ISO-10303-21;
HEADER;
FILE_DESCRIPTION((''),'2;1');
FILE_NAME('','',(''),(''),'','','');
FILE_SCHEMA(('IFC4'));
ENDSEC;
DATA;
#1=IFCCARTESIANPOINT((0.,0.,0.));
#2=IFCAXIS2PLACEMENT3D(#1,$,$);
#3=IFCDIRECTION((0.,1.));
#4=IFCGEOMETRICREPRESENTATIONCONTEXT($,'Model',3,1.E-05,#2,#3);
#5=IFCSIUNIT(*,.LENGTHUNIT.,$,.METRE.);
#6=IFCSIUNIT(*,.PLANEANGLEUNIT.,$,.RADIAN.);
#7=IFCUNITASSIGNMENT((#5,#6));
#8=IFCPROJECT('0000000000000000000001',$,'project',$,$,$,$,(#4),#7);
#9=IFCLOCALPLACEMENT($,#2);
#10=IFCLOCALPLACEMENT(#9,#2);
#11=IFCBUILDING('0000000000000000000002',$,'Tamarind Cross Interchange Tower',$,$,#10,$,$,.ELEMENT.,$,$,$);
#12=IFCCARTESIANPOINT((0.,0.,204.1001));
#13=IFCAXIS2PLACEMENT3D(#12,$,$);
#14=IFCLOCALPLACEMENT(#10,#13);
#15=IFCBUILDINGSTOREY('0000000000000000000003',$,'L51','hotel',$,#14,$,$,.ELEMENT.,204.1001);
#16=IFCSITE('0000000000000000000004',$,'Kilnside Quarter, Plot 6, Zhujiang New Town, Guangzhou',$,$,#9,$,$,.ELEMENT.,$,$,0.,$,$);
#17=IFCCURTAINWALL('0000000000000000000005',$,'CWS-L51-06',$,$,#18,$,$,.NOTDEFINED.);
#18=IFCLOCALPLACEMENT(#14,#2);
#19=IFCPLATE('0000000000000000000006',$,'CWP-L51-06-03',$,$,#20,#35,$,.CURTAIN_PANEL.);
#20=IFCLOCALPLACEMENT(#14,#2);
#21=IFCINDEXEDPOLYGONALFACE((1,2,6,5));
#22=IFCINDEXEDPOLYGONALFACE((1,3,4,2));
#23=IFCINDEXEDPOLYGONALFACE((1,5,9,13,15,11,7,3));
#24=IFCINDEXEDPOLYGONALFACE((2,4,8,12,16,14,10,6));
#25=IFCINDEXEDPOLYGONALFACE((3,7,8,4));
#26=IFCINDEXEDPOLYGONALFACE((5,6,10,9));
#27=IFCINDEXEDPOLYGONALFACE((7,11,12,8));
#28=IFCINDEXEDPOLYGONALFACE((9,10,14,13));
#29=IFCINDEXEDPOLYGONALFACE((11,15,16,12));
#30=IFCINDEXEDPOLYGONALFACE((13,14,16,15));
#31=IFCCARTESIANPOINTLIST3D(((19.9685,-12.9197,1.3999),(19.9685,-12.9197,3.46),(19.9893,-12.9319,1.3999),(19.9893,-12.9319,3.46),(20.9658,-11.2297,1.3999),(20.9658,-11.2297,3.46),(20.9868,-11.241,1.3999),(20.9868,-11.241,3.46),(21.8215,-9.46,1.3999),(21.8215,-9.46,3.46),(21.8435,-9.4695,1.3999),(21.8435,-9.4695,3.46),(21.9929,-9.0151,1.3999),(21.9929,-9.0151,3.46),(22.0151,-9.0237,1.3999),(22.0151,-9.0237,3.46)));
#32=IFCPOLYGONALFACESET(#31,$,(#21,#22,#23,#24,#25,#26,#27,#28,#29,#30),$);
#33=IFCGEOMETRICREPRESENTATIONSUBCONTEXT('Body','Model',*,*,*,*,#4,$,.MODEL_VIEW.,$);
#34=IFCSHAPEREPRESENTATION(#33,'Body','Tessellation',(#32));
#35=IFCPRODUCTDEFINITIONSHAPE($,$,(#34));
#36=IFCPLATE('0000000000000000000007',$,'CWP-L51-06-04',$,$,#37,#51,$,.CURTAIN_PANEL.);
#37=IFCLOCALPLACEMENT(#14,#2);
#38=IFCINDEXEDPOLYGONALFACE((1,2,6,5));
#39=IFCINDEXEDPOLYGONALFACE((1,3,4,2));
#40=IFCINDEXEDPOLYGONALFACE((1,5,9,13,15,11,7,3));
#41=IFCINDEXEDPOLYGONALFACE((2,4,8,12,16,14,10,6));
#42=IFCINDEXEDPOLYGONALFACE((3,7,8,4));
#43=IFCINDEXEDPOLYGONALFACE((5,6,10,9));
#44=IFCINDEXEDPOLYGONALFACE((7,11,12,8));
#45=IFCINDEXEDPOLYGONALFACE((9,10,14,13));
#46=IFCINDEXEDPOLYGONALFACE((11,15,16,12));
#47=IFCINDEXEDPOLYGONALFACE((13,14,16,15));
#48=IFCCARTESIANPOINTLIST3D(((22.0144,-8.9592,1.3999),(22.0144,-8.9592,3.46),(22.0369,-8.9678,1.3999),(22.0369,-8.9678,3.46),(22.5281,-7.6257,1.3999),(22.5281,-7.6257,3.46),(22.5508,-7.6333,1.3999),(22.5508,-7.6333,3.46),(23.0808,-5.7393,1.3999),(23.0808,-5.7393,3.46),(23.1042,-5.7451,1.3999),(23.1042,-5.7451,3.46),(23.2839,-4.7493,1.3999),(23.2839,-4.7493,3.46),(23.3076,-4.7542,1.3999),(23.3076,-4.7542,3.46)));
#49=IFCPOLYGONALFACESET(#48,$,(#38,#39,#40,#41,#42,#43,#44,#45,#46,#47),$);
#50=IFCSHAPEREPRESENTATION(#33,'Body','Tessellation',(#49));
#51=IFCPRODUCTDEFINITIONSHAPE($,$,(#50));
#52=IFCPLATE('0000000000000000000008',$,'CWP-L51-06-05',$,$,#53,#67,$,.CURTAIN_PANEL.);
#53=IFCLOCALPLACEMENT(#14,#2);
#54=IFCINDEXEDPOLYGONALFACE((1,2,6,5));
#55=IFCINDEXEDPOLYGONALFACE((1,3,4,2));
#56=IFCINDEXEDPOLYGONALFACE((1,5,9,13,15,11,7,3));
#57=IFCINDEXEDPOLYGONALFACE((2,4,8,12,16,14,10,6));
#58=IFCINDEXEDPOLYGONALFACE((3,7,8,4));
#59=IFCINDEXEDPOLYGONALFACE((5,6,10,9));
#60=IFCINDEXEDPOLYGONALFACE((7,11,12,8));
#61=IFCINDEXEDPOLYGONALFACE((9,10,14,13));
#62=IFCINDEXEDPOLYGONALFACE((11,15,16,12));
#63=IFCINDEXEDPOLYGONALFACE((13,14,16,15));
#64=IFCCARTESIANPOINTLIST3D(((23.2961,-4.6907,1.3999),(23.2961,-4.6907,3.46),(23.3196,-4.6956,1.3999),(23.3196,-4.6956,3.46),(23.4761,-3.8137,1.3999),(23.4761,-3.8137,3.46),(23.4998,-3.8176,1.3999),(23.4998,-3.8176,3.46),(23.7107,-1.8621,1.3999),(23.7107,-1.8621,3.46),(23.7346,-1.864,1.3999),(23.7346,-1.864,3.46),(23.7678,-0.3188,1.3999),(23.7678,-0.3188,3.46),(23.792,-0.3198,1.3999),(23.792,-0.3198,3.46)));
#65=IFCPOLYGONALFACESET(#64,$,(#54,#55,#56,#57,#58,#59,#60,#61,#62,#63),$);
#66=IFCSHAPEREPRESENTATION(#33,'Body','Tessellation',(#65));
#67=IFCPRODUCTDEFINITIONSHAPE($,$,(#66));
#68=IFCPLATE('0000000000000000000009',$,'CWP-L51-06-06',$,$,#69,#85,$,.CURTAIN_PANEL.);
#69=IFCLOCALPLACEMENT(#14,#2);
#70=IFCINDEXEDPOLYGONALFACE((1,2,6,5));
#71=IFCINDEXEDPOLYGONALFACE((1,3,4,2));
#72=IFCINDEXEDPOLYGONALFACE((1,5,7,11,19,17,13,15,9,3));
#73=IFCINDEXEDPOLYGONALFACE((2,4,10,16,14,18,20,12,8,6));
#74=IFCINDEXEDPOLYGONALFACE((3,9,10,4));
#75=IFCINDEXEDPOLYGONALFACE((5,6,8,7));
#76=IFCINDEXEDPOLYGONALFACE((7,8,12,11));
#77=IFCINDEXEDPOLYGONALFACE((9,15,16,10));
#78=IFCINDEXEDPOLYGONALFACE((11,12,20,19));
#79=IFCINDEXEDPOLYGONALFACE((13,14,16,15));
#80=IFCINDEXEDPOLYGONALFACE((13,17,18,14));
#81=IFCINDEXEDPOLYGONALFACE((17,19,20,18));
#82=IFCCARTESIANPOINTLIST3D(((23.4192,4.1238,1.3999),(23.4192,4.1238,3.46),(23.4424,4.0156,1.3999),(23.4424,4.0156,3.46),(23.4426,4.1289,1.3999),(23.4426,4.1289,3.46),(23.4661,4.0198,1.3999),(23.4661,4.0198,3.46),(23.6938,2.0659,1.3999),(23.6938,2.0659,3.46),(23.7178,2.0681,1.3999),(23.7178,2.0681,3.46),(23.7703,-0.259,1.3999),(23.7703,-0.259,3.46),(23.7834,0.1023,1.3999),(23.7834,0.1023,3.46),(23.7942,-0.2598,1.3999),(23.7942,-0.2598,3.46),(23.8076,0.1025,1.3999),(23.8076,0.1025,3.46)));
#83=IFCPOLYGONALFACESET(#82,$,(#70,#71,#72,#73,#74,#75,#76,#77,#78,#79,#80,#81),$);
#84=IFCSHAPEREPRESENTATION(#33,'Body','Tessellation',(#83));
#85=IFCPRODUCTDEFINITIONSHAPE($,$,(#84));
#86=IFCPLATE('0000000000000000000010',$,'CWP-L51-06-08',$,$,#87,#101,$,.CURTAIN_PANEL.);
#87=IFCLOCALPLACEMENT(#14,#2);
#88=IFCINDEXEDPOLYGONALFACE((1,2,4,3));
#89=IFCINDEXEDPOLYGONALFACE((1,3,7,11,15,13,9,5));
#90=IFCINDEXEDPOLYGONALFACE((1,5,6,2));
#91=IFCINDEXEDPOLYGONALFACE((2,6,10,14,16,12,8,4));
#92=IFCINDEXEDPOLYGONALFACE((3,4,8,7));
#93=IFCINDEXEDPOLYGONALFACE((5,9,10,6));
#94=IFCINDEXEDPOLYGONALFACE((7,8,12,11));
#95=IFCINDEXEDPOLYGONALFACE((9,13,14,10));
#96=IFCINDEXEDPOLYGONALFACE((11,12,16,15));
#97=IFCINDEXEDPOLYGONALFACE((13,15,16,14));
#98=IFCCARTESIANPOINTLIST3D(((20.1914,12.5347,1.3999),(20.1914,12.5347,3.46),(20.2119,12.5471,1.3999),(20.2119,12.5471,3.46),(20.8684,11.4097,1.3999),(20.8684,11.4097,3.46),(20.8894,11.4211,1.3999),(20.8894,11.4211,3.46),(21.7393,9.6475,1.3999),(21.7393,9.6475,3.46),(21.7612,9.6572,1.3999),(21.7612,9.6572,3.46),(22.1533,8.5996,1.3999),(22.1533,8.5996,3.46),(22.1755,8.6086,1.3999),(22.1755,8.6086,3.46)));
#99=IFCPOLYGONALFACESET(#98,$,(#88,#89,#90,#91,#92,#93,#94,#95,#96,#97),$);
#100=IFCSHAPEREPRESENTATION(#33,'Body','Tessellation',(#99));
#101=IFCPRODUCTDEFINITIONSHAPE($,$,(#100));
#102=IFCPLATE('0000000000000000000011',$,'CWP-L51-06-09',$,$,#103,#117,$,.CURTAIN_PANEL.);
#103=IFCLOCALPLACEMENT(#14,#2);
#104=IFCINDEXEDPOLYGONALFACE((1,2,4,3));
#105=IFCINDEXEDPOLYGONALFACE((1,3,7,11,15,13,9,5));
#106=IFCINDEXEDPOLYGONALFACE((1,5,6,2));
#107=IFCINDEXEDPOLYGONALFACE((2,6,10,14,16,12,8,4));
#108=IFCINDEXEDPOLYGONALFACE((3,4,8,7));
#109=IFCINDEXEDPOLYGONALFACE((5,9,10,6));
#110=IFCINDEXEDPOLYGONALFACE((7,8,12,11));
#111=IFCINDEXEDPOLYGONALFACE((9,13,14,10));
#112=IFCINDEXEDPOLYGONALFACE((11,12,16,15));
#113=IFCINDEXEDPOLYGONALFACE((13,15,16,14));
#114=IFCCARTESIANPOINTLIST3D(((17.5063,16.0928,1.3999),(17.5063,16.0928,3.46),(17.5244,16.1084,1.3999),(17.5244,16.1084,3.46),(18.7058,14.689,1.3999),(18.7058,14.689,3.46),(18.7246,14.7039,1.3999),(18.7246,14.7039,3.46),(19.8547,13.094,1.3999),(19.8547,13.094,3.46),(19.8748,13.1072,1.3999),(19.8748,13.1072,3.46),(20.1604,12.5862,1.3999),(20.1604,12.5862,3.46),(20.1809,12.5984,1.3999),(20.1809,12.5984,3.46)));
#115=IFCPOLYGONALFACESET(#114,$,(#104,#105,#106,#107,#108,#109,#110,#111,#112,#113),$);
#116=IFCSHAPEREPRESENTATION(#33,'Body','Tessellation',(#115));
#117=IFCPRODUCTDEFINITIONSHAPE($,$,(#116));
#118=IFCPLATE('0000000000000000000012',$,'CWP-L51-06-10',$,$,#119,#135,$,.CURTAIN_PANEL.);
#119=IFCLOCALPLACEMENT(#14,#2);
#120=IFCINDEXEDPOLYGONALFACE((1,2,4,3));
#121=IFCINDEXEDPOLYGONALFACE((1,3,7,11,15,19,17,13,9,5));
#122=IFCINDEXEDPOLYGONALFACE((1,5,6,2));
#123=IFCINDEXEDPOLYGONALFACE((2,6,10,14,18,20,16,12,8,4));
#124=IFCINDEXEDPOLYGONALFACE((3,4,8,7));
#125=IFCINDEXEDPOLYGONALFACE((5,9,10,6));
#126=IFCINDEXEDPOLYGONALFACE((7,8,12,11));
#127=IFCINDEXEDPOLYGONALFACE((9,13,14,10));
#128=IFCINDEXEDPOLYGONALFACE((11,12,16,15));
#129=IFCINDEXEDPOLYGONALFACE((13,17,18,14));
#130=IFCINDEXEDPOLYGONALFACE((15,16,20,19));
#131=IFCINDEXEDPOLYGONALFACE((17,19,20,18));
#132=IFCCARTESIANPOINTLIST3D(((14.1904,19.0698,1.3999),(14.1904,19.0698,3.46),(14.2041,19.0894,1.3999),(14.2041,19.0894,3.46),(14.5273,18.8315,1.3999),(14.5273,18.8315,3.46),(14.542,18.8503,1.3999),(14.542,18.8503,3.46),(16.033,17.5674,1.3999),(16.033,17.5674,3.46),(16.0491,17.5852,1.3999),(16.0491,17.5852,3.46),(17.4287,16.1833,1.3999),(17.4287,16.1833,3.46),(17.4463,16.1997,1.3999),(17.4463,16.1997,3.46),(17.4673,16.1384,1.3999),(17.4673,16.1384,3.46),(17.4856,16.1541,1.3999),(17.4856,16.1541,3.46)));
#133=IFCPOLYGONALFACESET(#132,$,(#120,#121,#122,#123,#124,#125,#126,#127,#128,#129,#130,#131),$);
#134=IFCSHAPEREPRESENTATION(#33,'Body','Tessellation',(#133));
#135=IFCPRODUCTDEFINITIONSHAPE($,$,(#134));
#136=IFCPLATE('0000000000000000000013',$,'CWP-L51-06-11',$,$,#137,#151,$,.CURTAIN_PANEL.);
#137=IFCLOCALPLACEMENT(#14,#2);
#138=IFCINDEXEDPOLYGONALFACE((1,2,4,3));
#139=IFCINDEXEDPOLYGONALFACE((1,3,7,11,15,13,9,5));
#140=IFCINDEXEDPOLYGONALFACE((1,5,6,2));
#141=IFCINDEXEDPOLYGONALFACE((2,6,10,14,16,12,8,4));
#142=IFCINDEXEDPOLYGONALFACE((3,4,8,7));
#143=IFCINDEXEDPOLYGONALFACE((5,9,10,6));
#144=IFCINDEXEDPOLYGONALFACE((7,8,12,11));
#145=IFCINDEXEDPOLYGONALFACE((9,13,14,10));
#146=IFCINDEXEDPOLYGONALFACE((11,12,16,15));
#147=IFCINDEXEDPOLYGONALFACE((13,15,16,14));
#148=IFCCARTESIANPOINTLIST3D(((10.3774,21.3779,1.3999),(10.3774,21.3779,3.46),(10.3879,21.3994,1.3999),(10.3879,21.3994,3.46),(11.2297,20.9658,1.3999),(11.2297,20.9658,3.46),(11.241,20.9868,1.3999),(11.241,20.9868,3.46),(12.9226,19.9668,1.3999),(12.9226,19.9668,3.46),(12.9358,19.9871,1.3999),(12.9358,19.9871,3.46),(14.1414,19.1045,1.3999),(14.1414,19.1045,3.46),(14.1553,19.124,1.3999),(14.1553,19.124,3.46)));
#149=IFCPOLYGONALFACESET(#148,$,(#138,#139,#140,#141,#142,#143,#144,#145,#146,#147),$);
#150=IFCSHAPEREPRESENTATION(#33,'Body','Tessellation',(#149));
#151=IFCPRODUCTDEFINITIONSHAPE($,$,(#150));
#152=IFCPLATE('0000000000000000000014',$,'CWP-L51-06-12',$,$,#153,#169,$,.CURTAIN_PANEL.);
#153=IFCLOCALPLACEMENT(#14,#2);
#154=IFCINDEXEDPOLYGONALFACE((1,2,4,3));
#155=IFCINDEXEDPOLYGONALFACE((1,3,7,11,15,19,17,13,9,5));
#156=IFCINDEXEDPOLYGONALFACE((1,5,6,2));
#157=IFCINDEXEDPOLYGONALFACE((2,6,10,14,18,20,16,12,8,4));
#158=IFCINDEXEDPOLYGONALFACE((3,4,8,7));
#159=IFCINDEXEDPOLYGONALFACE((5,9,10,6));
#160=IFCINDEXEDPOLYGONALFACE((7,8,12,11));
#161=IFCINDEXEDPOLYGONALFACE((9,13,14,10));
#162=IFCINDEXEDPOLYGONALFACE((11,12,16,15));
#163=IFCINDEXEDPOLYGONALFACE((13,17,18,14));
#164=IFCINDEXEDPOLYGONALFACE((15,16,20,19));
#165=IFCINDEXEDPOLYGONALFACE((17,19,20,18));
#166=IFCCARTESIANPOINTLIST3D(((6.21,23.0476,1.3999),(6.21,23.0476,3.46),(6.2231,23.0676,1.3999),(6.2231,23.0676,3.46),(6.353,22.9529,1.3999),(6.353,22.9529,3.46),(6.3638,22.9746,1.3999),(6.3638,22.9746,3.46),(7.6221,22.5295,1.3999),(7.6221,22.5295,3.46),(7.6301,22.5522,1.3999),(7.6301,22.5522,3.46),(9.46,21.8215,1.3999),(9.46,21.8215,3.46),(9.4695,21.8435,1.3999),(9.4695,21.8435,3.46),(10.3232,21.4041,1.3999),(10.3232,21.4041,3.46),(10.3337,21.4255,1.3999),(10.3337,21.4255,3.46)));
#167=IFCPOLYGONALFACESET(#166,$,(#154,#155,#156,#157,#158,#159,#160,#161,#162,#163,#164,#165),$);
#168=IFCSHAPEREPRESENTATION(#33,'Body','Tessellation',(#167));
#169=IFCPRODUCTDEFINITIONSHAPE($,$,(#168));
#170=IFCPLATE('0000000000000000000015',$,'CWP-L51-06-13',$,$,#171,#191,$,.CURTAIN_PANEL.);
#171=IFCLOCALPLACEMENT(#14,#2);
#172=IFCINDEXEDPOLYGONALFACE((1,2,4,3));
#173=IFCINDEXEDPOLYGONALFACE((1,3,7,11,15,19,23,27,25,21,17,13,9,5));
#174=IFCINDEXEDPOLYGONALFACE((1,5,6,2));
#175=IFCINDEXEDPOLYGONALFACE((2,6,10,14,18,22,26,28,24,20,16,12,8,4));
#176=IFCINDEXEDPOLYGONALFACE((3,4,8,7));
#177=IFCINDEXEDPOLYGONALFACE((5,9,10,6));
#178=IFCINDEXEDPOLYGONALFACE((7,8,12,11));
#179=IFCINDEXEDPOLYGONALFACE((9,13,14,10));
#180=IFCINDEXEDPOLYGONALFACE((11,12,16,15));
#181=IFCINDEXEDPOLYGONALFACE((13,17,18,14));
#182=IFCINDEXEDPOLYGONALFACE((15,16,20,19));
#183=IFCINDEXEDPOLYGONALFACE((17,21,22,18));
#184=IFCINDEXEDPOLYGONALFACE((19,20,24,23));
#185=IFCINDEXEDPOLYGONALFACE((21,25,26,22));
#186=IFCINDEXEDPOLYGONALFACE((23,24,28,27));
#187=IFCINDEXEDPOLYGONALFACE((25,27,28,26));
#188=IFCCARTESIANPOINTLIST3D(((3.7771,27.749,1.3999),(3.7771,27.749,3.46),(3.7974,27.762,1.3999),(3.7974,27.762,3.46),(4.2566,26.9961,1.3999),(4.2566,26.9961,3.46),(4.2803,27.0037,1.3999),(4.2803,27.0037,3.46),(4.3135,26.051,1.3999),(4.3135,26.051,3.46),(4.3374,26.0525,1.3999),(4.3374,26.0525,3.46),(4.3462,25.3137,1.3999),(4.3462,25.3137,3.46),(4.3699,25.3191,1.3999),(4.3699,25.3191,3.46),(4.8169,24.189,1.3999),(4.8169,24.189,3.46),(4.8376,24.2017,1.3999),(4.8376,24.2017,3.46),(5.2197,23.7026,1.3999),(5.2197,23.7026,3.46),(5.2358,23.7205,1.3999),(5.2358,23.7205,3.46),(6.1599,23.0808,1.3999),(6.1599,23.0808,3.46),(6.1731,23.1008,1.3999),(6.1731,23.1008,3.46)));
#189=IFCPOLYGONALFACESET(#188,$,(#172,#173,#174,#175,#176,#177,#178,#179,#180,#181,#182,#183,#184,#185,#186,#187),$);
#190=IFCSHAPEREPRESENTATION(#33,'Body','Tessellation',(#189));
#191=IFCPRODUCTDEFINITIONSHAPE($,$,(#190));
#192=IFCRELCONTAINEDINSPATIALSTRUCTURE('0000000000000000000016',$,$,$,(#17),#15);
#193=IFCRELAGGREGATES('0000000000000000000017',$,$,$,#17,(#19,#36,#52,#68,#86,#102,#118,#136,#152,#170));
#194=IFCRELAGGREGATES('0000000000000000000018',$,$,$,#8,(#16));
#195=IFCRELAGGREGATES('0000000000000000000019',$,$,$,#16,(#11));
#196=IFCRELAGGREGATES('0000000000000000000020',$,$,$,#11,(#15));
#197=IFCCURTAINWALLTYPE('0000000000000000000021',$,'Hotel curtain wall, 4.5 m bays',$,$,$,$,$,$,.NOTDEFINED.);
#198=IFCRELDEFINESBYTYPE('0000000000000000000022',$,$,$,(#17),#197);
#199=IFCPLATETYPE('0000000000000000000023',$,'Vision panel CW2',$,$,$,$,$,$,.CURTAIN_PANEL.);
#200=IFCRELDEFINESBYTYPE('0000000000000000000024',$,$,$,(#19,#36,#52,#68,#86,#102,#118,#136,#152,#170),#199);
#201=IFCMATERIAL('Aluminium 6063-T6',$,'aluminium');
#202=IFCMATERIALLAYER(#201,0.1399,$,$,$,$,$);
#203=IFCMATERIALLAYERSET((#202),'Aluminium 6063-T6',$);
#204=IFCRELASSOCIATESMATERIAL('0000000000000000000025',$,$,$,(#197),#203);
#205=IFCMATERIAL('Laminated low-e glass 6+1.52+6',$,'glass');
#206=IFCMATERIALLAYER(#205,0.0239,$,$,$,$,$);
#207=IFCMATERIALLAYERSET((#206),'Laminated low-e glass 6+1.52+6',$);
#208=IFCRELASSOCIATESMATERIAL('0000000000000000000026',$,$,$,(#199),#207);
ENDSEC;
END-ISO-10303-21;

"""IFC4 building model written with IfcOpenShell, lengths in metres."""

from ifc_helpers import new_model, si_unit, direction, frame, origin, place, context, subcontext, project, spatial, polyline, outline, extrude, material, layer, layer_set, type_object, element, aggregate, save


model = new_model("IFC4")

# Units and contexts
model_context = context("Model", 3, precision=1e-05, world=origin(), true_north=direction((0.0, 1.0)))
body_context = subcontext(model_context, "Body", "Model", "MODEL_VIEW")
ifc_project = project(units=[si_unit("LENGTHUNIT", "METRE"), si_unit("PLANEANGLEUNIT", "RADIAN")], contexts=[model_context])

# Site, building, storey
site_placement = place(None, origin())
site = spatial("IfcSite", under=ifc_project, at=site_placement, Name="Kilnside Quarter, Plot 6, Zhujiang New Town, Guangzhou", CompositionType="ELEMENT", RefElevation=0.0)
building_placement = place(site_placement, origin())
building = spatial("IfcBuilding", under=site, at=building_placement, Name="Tamarind Cross Interchange Tower", CompositionType="ELEMENT")
storey_placement = place(building_placement, frame((0.0, 0.0, 204.1001)))
storey = spatial("IfcBuildingStorey", under=building, at=storey_placement, Name="L51", Description="hotel", CompositionType="ELEMENT", Elevation=204.1001)

# Curtain wall, plates
ifc_material_1 = material(Name="Aluminium 6063-T6", Category="aluminium")
ifc_layer_1 = layer(ifc_material_1, 0.1399)
ifc_layer_set_1 = layer_set([ifc_layer_1], Name="Aluminium 6063-T6")
curtain_wall_type = type_object("IfcCurtainWallType", Name="Hotel curtain wall, 4.5 m bays", PredefinedType="NOTDEFINED", material=ifc_layer_set_1)
curtain_wall_1_placement = place(storey_placement, origin())
curtain_wall_1 = element("IfcCurtainWall", 1, at=curtain_wall_1_placement, inside=storey, type_object=curtain_wall_type, Name="CWS-L51-06", PredefinedType="NOTDEFINED")
ifc_material_2 = material(Name="Laminated low-e glass 6+1.52+6", Category="glass")
ifc_layer_2 = layer(ifc_material_2, 0.0239)
ifc_layer_set_2 = layer_set([ifc_layer_2], Name="Laminated low-e glass 6+1.52+6")
plate_type = type_object("IfcPlateType", Name="Vision panel CW2", PredefinedType="CURTAIN_PANEL", material=ifc_layer_set_2)
plate_1_placement = place(storey_placement, frame((0.0, 0.0, 1.3999)))
plate_1 = element("IfcPlate", 2, at=plate_1_placement, type_object=plate_type, Name="CWP-L51-06-03", PredefinedType="CURTAIN_PANEL", context=body_context, shape_type="SweptSolid", body=[
    extrude(outline(polyline([(19.9685, -12.9197), (20.9658, -11.2297), (21.8215, -9.46), (21.9929, -9.0151), (22.0151, -9.0237), (21.8435, -9.4695), (20.9868, -11.241), (19.9893, -12.9319), (19.9685, -12.9197)])), origin(), (0.0, 0.0, 1.0), 2.0601),
])
plate_2_placement = place(storey_placement, frame((0.0, 0.0, 1.3999)))
plate_2 = element("IfcPlate", 3, at=plate_2_placement, type_object=plate_type, Name="CWP-L51-06-04", PredefinedType="CURTAIN_PANEL", context=body_context, shape_type="SweptSolid", body=[
    extrude(outline(polyline([(22.0144, -8.9592), (22.5281, -7.6257), (23.0808, -5.7393), (23.2839, -4.7493), (23.3076, -4.7542), (23.1042, -5.7451), (22.5508, -7.6333), (22.0369, -8.9678), (22.0144, -8.9592)])), origin(), (0.0, 0.0, 1.0), 2.0601),
])
plate_3_placement = place(storey_placement, frame((0.0, 0.0, 1.3999)))
plate_3 = element("IfcPlate", 4, at=plate_3_placement, type_object=plate_type, Name="CWP-L51-06-05", PredefinedType="CURTAIN_PANEL", context=body_context, shape_type="SweptSolid", body=[
    extrude(outline(polyline([(23.2961, -4.6907), (23.4761, -3.8137), (23.7107, -1.8621), (23.7678, -0.3188), (23.792, -0.3198), (23.7346, -1.864), (23.4998, -3.8176), (23.3196, -4.6956), (23.2961, -4.6907)])), origin(), (0.0, 0.0, 1.0), 2.0601),
])
plate_4_placement = place(storey_placement, frame((0.0, 0.0, 1.3999)))
plate_4 = element("IfcPlate", 5, at=plate_4_placement, type_object=plate_type, Name="CWP-L51-06-06", PredefinedType="CURTAIN_PANEL", context=body_context, shape_type="SweptSolid", body=[
    extrude(outline(polyline([(23.7703, -0.259), (23.7834, 0.1023), (23.6938, 2.0659), (23.4424, 4.0156), (23.4192, 4.1238), (23.4426, 4.1289), (23.4661, 4.0198), (23.7178, 2.0681), (23.8076, 0.1025), (23.7942, -0.2598), (23.7703, -0.259)])), origin(), (0.0, 0.0, 1.0), 2.0601),
])
plate_5_placement = place(storey_placement, frame((0.0, 0.0, 1.3999)))
plate_5 = element("IfcPlate", 6, at=plate_5_placement, type_object=plate_type, Name="CWP-L51-06-08", PredefinedType="CURTAIN_PANEL", context=body_context, shape_type="SweptSolid", body=[
    extrude(outline(polyline([(22.1533, 8.5996), (21.7393, 9.6475), (20.8684, 11.4097), (20.1914, 12.5347), (20.2119, 12.5471), (20.8894, 11.4211), (21.7612, 9.6572), (22.1755, 8.6086), (22.1533, 8.5996)])), origin(), (0.0, 0.0, 1.0), 2.0601),
])
plate_6_placement = place(storey_placement, frame((0.0, 0.0, 1.3999)))
plate_6 = element("IfcPlate", 7, at=plate_6_placement, type_object=plate_type, Name="CWP-L51-06-09", PredefinedType="CURTAIN_PANEL", context=body_context, shape_type="SweptSolid", body=[
    extrude(outline(polyline([(20.1604, 12.5862), (19.8547, 13.094), (18.7058, 14.689), (17.5063, 16.0928), (17.5244, 16.1084), (18.7246, 14.7039), (19.8748, 13.1072), (20.1809, 12.5984), (20.1604, 12.5862)])), origin(), (0.0, 0.0, 1.0), 2.0601),
])
plate_7_placement = place(storey_placement, frame((0.0, 0.0, 1.3999)))
plate_7 = element("IfcPlate", 8, at=plate_7_placement, type_object=plate_type, Name="CWP-L51-06-10", PredefinedType="CURTAIN_PANEL", context=body_context, shape_type="SweptSolid", body=[
    extrude(outline(polyline([(17.4673, 16.1384), (17.4287, 16.1833), (16.033, 17.5674), (14.5273, 18.8315), (14.1904, 19.0698), (14.2041, 19.0894), (14.542, 18.8503), (16.0491, 17.5852), (17.4463, 16.1997), (17.4856, 16.1541), (17.4673, 16.1384)])), origin(), (0.0, 0.0, 1.0), 2.0601),
])
plate_8_placement = place(storey_placement, frame((0.0, 0.0, 1.3999)))
plate_8 = element("IfcPlate", 9, at=plate_8_placement, type_object=plate_type, Name="CWP-L51-06-11", PredefinedType="CURTAIN_PANEL", context=body_context, shape_type="SweptSolid", body=[
    extrude(outline(polyline([(14.1414, 19.1045), (12.9226, 19.9668), (11.2297, 20.9658), (10.3774, 21.3779), (10.3879, 21.3994), (11.241, 20.9868), (12.9358, 19.9871), (14.1553, 19.124), (14.1414, 19.1045)])), origin(), (0.0, 0.0, 1.0), 2.0601),
])
plate_9_placement = place(storey_placement, frame((0.0, 0.0, 1.3999)))
plate_9 = element("IfcPlate", 10, at=plate_9_placement, type_object=plate_type, Name="CWP-L51-06-12", PredefinedType="CURTAIN_PANEL", context=body_context, shape_type="SweptSolid", body=[
    extrude(outline(polyline([(10.3232, 21.4041), (9.46, 21.8215), (7.6221, 22.5295), (6.353, 22.9529), (6.21, 23.0476), (6.2231, 23.0676), (6.3638, 22.9746), (7.6301, 22.5522), (9.4695, 21.8435), (10.3337, 21.4255), (10.3232, 21.4041)])), origin(), (0.0, 0.0, 1.0), 2.0601),
])
plate_10_placement = place(storey_placement, frame((0.0, 0.0, 1.3999)))
plate_10 = element("IfcPlate", 11, at=plate_10_placement, type_object=plate_type, Name="CWP-L51-06-13", PredefinedType="CURTAIN_PANEL", context=body_context, shape_type="SweptSolid", body=[
    extrude(outline(polyline([(6.1599, 23.0808), (5.2197, 23.7026), (4.8169, 24.189), (4.3462, 25.3137), (4.3135, 26.051), (4.2566, 26.9961), (3.7771, 27.749), (3.7974, 27.762), (4.2803, 27.0037), (4.3374, 26.0525), (4.3699, 25.3191), (4.8376, 24.2017), (5.2358, 23.7205), (6.1731, 23.1008), (6.1599, 23.0808)])), origin(), (0.0, 0.0, 1.0), 2.0601),
])
aggregate(curtain_wall_1, [plate_1, plate_2, plate_3, plate_4, plate_5, plate_6, plate_7, plate_8, plate_9, plate_10])

save(model, "model.ifc")
